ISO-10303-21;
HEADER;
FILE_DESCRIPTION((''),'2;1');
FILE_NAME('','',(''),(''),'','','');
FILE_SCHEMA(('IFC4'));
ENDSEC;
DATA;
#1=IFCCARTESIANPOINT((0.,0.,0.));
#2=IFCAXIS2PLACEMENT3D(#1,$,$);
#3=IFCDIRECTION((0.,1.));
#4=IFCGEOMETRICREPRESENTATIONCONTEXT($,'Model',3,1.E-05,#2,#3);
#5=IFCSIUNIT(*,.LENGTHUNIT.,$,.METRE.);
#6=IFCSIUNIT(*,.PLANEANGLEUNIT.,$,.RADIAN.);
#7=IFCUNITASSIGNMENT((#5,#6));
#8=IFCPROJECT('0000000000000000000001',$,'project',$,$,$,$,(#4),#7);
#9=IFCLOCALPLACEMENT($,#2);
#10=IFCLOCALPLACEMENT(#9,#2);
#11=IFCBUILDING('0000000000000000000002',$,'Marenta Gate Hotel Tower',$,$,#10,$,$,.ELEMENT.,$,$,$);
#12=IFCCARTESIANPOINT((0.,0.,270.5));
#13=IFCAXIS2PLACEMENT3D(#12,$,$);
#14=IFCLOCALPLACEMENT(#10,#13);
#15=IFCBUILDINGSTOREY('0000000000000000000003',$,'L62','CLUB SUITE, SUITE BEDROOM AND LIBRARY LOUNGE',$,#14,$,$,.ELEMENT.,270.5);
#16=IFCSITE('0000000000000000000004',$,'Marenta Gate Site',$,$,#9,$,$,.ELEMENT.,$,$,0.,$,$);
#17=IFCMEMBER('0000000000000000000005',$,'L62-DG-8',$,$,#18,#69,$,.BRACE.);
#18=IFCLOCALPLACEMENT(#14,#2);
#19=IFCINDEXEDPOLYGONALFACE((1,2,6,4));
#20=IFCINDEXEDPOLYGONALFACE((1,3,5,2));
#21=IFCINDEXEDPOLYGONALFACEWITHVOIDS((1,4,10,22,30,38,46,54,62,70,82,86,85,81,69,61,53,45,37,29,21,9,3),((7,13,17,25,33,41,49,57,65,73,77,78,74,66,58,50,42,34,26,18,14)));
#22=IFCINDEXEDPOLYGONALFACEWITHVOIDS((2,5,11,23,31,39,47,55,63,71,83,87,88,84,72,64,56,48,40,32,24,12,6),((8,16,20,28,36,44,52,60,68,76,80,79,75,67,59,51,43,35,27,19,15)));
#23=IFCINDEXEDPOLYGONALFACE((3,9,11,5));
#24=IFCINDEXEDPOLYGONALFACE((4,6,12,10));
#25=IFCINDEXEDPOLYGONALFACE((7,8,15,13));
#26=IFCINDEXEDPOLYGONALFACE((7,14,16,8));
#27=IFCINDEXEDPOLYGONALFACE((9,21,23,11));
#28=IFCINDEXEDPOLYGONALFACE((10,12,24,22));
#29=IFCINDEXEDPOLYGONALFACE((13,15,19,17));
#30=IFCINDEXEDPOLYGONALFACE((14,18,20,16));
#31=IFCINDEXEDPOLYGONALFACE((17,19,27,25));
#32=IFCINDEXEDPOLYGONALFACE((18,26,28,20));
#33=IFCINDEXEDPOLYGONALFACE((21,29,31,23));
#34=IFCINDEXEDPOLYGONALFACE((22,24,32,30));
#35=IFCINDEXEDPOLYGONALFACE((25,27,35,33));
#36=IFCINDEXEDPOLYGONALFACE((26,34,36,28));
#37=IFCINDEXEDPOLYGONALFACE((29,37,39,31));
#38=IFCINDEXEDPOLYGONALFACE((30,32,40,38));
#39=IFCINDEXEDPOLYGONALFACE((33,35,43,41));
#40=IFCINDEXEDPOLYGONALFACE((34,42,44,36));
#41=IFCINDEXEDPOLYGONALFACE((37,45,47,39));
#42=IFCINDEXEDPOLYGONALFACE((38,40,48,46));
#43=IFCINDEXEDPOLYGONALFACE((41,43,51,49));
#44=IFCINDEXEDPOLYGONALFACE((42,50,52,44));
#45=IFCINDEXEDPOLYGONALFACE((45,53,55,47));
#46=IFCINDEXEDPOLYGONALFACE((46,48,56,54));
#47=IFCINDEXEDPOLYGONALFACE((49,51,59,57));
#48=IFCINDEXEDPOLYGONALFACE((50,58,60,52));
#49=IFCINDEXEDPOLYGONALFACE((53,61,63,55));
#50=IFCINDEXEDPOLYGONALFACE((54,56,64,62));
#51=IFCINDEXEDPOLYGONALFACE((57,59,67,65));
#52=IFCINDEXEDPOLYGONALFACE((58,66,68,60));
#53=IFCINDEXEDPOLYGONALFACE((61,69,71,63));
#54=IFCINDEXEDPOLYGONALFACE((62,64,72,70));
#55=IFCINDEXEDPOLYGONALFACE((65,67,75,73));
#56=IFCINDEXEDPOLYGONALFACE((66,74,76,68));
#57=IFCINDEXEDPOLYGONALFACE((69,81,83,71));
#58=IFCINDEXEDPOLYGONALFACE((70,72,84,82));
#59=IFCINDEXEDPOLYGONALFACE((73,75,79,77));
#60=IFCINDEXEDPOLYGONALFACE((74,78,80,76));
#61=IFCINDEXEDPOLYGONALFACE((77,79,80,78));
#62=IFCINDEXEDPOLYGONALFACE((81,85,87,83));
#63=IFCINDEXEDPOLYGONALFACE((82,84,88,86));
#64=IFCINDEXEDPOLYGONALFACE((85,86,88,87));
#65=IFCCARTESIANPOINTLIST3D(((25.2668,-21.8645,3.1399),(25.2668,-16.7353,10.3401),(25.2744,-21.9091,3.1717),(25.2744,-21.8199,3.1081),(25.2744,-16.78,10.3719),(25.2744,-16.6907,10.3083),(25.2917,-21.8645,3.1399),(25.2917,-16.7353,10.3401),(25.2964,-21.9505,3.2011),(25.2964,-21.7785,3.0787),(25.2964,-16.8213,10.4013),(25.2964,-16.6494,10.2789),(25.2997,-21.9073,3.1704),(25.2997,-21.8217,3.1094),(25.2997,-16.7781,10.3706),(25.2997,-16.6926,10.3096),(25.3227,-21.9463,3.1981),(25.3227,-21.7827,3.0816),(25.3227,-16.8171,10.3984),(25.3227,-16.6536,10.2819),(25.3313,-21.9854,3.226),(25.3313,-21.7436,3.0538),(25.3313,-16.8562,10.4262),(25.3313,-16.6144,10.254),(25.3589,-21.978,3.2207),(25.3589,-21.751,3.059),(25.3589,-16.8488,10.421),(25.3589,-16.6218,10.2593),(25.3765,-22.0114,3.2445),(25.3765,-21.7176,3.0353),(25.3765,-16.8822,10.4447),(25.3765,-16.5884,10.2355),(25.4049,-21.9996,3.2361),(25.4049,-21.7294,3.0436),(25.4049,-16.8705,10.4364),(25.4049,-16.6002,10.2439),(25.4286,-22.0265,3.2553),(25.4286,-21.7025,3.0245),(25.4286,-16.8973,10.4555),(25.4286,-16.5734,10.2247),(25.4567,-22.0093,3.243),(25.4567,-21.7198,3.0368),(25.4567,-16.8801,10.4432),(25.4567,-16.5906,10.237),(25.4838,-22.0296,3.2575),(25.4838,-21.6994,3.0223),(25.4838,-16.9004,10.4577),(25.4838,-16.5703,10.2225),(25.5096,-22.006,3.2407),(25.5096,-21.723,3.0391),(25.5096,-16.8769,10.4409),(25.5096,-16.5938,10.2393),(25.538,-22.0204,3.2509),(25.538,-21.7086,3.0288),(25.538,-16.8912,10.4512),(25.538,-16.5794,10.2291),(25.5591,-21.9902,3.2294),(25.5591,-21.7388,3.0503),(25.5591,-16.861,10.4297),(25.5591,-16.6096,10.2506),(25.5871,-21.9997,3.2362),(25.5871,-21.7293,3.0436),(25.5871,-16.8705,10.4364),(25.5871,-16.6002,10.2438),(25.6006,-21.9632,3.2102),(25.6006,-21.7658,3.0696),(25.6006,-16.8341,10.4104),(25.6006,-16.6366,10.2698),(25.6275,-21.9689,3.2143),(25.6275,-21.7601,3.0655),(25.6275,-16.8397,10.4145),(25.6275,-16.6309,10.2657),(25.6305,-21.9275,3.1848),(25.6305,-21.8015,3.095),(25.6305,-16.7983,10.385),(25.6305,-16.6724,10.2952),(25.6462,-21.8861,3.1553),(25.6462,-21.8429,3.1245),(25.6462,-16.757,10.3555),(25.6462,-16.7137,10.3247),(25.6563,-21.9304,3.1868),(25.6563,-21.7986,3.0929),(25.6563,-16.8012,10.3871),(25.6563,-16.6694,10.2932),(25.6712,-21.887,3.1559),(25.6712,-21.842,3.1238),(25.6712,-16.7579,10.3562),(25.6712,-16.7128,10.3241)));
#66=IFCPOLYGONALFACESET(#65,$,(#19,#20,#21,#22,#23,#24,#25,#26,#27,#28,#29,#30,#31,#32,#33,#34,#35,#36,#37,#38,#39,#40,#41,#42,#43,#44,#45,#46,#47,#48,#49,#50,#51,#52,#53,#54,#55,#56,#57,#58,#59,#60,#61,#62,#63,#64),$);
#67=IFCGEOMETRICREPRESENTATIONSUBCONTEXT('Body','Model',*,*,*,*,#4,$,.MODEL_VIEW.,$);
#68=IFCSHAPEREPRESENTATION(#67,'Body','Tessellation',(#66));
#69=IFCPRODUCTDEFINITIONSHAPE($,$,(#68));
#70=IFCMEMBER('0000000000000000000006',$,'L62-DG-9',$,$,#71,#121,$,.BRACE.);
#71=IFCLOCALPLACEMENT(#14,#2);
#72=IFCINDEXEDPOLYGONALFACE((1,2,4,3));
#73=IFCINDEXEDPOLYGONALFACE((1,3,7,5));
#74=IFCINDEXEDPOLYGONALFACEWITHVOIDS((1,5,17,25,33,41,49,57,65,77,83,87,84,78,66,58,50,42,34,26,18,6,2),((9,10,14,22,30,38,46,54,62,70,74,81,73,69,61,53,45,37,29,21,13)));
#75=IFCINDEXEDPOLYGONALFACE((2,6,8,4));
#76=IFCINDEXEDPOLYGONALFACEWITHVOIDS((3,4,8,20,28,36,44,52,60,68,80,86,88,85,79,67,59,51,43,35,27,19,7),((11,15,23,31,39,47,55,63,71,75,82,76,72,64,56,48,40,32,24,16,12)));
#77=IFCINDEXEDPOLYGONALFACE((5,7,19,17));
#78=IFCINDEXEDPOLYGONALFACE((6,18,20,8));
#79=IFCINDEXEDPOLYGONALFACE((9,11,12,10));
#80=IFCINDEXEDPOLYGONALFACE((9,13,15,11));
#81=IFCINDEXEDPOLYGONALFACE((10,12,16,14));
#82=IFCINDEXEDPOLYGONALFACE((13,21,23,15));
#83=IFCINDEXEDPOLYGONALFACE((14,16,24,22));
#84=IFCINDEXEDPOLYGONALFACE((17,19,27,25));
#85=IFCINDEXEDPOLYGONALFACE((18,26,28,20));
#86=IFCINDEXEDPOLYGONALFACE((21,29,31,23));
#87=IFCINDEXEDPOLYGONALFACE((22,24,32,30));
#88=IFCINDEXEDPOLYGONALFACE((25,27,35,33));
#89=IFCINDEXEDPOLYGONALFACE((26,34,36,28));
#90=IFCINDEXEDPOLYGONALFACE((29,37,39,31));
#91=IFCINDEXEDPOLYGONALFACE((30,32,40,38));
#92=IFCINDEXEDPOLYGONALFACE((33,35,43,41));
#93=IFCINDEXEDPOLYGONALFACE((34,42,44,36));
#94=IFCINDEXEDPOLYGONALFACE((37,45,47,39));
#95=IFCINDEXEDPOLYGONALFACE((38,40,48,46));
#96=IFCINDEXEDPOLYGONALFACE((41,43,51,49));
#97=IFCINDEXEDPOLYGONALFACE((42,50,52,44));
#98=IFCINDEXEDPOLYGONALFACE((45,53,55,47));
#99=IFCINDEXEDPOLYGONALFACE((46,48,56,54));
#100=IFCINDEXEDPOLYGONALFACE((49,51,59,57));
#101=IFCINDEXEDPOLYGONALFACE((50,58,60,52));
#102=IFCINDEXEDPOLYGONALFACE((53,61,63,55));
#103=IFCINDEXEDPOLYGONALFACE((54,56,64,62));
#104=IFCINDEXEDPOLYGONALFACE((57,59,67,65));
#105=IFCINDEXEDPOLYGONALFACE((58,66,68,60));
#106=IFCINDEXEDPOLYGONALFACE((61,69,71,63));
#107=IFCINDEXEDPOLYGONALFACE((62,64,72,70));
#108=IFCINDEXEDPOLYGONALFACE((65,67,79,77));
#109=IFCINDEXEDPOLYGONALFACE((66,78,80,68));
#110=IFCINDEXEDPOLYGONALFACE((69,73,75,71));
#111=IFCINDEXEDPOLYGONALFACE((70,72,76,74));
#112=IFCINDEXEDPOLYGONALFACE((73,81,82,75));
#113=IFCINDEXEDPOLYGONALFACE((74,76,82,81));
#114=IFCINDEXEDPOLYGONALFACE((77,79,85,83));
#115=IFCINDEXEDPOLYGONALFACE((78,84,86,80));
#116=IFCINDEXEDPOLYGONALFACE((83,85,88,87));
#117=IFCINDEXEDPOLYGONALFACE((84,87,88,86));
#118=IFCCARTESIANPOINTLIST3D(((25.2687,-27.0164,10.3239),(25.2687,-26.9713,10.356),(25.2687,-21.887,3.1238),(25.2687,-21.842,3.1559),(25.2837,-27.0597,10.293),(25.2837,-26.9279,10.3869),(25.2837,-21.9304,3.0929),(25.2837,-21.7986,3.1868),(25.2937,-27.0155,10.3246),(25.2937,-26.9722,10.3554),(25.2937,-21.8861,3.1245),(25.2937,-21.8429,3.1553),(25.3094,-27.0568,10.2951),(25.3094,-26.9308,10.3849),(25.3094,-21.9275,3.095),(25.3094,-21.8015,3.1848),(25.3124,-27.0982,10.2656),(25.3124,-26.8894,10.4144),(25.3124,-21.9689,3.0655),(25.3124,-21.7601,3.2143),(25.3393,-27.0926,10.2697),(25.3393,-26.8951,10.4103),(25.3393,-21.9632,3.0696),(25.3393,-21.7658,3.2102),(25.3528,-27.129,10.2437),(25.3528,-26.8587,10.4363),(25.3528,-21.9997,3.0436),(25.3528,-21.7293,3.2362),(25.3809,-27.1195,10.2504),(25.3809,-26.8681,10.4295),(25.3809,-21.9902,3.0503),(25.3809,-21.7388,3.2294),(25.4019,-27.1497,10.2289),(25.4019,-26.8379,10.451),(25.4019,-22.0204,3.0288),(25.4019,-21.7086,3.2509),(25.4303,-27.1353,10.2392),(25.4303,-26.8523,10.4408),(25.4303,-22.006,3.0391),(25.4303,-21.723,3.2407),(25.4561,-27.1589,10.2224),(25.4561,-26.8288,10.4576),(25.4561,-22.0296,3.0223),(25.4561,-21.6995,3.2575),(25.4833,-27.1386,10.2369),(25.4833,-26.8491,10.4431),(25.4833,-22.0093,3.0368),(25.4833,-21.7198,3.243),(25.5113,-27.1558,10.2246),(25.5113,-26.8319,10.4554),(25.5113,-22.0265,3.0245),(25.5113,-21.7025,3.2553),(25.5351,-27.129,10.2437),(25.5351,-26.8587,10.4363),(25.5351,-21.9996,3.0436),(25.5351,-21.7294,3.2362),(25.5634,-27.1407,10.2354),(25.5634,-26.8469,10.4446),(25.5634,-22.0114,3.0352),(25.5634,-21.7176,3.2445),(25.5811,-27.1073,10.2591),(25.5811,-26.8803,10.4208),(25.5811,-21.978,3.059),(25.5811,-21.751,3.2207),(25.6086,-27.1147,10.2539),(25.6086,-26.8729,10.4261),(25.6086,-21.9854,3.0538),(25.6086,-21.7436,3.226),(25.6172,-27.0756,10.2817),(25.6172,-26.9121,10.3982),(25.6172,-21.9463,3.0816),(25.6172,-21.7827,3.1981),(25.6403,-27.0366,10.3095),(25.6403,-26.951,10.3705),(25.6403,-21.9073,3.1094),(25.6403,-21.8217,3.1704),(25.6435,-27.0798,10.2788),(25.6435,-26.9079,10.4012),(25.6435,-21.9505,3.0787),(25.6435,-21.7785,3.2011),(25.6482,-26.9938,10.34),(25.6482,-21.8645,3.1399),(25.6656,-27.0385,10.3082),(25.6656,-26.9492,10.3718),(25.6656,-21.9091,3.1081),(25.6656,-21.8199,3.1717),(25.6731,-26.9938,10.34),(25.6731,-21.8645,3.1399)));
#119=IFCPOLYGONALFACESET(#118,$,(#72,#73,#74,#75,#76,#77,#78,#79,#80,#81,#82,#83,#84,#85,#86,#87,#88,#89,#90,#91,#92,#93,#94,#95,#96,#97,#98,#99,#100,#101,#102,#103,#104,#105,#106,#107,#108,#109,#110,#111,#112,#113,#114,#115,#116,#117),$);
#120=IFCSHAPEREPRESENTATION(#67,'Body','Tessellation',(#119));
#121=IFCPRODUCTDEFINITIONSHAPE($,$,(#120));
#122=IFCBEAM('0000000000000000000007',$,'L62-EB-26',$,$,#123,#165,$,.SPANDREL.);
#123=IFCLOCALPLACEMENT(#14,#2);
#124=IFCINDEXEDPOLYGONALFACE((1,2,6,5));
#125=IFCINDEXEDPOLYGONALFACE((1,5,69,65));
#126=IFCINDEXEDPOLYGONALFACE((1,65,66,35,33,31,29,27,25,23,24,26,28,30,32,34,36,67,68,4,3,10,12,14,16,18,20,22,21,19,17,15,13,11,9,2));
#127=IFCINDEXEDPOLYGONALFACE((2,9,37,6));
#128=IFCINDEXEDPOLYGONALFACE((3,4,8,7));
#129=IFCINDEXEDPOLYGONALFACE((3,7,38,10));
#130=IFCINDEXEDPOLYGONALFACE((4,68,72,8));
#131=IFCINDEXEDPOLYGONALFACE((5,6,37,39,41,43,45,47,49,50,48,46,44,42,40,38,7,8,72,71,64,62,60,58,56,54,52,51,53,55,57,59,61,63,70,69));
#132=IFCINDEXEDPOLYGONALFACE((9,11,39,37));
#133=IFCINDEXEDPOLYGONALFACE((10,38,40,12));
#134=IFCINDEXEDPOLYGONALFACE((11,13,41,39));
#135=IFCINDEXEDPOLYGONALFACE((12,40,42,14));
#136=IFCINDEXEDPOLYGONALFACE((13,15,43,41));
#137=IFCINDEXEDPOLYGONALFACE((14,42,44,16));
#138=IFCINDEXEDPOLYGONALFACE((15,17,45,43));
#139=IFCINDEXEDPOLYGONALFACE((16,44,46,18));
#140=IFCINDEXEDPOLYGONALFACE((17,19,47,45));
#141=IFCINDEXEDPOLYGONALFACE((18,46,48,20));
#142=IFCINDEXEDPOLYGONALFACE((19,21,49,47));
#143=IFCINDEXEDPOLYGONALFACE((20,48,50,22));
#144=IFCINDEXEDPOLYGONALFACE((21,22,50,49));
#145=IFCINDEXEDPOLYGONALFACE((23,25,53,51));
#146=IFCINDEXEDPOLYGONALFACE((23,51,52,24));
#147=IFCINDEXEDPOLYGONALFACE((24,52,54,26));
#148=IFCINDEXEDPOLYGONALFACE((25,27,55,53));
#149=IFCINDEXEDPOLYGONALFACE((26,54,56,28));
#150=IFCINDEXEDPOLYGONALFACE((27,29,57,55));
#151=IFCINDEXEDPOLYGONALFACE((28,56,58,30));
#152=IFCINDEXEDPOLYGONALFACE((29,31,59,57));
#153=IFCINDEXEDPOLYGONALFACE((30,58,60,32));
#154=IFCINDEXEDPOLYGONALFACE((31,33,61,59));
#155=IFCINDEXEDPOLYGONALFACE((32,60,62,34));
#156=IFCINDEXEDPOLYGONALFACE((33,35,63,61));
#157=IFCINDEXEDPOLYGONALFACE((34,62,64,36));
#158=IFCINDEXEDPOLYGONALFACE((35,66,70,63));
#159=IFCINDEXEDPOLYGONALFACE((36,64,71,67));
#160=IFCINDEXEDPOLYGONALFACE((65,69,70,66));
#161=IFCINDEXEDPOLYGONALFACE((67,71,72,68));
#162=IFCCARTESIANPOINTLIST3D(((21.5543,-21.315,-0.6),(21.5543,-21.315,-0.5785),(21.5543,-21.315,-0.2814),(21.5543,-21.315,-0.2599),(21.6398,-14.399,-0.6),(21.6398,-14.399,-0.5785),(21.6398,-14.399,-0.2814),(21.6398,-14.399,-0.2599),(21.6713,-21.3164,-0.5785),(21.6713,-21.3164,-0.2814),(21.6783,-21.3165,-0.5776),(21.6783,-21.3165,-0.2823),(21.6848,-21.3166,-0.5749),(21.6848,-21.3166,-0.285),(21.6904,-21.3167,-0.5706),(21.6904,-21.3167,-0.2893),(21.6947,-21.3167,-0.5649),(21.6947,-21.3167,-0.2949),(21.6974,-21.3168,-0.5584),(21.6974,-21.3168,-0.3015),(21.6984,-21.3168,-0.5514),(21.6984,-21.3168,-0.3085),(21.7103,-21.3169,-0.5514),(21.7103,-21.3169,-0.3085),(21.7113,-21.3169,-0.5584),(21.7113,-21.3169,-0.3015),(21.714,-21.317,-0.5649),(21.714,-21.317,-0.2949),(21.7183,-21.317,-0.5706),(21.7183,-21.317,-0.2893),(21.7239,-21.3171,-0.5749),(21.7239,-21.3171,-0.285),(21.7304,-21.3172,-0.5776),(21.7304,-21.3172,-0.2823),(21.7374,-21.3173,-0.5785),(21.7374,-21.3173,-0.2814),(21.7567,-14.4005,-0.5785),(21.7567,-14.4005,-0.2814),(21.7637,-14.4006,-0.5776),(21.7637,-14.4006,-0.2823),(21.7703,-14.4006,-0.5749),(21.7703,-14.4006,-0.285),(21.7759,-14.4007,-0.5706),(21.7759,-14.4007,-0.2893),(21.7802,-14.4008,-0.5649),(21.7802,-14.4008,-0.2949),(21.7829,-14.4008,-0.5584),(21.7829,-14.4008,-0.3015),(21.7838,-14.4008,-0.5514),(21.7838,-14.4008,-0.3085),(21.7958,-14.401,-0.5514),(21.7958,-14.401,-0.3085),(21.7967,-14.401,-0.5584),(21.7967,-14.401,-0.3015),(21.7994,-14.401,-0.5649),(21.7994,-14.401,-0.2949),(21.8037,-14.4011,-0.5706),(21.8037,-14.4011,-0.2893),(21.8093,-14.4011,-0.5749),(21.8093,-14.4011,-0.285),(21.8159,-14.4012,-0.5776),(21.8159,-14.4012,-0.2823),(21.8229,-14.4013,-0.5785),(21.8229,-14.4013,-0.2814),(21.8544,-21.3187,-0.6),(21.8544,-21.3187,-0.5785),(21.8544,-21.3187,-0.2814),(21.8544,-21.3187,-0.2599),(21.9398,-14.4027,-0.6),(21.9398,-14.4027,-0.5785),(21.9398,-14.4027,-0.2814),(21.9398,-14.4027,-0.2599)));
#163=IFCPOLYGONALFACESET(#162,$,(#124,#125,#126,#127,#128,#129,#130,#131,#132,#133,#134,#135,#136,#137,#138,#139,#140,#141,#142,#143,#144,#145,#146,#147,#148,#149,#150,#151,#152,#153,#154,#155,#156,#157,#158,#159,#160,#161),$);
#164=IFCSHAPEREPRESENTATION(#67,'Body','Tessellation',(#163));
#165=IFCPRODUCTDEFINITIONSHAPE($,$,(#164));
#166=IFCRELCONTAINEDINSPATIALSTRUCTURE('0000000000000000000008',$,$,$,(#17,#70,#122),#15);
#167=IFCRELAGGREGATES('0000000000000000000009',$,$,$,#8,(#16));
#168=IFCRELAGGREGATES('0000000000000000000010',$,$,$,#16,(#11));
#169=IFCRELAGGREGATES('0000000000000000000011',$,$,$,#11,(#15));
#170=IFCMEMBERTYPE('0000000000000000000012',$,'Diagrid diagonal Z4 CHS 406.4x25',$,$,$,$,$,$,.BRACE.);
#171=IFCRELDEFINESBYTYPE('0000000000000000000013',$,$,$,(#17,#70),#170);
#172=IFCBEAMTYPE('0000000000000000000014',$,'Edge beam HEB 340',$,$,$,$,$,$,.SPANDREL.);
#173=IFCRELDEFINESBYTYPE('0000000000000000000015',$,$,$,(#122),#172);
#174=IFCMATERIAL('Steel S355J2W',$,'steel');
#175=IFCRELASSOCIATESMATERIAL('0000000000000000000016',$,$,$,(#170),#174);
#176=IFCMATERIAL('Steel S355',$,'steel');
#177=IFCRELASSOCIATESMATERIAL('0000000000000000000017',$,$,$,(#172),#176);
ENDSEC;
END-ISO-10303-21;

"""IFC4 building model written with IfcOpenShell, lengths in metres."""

from ifc_helpers import new_model, si_unit, direction, frame, origin, origin_2d, place, context, subcontext, project, spatial, hollow_circle, i_section, extrude, material, material_profile, profile_set, type_object, element, save


model = new_model("IFC4")

# Units and contexts
model_context = context("Model", 3, precision=1e-05, world=origin(), true_north=direction((0.0, 1.0)))
body_context = subcontext(model_context, "Body", "Model", "MODEL_VIEW")
ifc_project = project(units=[si_unit("LENGTHUNIT", "METRE"), si_unit("PLANEANGLEUNIT", "RADIAN")], contexts=[model_context])

# Site, building, storey
site_placement = place(None, origin())
site = spatial("IfcSite", under=ifc_project, at=site_placement, Name="Marenta Gate Site", CompositionType="ELEMENT", RefElevation=0.0)
building_placement = place(site_placement, origin())
building = spatial("IfcBuilding", under=site, at=building_placement, Name="Marenta Gate Hotel Tower", CompositionType="ELEMENT")
storey_placement = place(building_placement, frame((0.0, 0.0, 270.5)))
storey = spatial("IfcBuildingStorey", under=building, at=storey_placement, Name="L62", Description="CLUB SUITE, SUITE BEDROOM AND LIBRARY LOUNGE", CompositionType="ELEMENT", Elevation=270.5)

# Members
ifc_material_1 = material(Name="Steel S355J2W", Category="steel")
ifc_material_profile_1 = material_profile(ifc_material_1, hollow_circle(Radius=0.2031, WallThickness=0.0249, at=origin_2d()), Name="CHS 406.4x25")
ifc_profile_set_1 = profile_set([ifc_material_profile_1], Name="Steel S355J2W")
member_type_1 = type_object("IfcMemberType", Name="Diagrid diagonal Z4 CHS 406.4x25", PredefinedType="BRACE", material=ifc_profile_set_1)
for number, where, z_axis, x_axis, name in (
    (1, (25.47, -21.8645, 3.1399), (0.0, 0.580201, 0.814474), (-1.0, 0.0, 0.0), "L62-DG-8"),
    (2, (25.47, -21.8645, 3.1399), (0.0, -0.580219, 0.814461), (1.0, 0.0, 0.0), "L62-DG-9"),
):
    element("IfcMember", number, at=place(storey_placement, frame(where, z_axis=z_axis, x_axis=x_axis)), inside=storey, type_object=member_type_1, Name=name, PredefinedType="BRACE", context=body_context, shape_type="SweptSolid", body=[
        extrude(hollow_circle(Radius=0.2031, WallThickness=0.0249, at=origin_2d()), origin(), (0.0, 0.0, 1.0), 8.8403),
    ])

# Beam
ifc_material_2 = material(Name="Steel S355", Category="steel")
ifc_material_profile_2 = material_profile(ifc_material_2, i_section(OverallWidth=0.3, OverallDepth=0.3401, WebThickness=0.012, FlangeThickness=0.0215, FilletRadius=0.0271, at=origin_2d()), Name="HEB 340")
ifc_profile_set_2 = profile_set([ifc_material_profile_2], Name="Steel S355")
beam_type = type_object("IfcBeamType", Name="Edge beam HEB 340", PredefinedType="SPANDREL", material=ifc_profile_set_2)
for number, where, z_axis, x_axis, name in (
    (3, (21.7898, -14.4009, -0.4299), (-0.012354, -0.999924, 0.0), (0.999924, -0.012354, 0.0), "L62-EB-26"),
):
    element("IfcBeam", number, at=place(storey_placement, frame(where, z_axis=z_axis, x_axis=x_axis)), inside=storey, type_object=beam_type, Name=name, PredefinedType="SPANDREL", context=body_context, shape_type="SweptSolid", body=[
        extrude(i_section(OverallWidth=0.3, OverallDepth=0.3401, WebThickness=0.012, FlangeThickness=0.0215, FilletRadius=0.0271, at=origin_2d()), origin(), (0.0, 0.0, 1.0), 6.9165),
    ])

save(model, "model.ifc")
